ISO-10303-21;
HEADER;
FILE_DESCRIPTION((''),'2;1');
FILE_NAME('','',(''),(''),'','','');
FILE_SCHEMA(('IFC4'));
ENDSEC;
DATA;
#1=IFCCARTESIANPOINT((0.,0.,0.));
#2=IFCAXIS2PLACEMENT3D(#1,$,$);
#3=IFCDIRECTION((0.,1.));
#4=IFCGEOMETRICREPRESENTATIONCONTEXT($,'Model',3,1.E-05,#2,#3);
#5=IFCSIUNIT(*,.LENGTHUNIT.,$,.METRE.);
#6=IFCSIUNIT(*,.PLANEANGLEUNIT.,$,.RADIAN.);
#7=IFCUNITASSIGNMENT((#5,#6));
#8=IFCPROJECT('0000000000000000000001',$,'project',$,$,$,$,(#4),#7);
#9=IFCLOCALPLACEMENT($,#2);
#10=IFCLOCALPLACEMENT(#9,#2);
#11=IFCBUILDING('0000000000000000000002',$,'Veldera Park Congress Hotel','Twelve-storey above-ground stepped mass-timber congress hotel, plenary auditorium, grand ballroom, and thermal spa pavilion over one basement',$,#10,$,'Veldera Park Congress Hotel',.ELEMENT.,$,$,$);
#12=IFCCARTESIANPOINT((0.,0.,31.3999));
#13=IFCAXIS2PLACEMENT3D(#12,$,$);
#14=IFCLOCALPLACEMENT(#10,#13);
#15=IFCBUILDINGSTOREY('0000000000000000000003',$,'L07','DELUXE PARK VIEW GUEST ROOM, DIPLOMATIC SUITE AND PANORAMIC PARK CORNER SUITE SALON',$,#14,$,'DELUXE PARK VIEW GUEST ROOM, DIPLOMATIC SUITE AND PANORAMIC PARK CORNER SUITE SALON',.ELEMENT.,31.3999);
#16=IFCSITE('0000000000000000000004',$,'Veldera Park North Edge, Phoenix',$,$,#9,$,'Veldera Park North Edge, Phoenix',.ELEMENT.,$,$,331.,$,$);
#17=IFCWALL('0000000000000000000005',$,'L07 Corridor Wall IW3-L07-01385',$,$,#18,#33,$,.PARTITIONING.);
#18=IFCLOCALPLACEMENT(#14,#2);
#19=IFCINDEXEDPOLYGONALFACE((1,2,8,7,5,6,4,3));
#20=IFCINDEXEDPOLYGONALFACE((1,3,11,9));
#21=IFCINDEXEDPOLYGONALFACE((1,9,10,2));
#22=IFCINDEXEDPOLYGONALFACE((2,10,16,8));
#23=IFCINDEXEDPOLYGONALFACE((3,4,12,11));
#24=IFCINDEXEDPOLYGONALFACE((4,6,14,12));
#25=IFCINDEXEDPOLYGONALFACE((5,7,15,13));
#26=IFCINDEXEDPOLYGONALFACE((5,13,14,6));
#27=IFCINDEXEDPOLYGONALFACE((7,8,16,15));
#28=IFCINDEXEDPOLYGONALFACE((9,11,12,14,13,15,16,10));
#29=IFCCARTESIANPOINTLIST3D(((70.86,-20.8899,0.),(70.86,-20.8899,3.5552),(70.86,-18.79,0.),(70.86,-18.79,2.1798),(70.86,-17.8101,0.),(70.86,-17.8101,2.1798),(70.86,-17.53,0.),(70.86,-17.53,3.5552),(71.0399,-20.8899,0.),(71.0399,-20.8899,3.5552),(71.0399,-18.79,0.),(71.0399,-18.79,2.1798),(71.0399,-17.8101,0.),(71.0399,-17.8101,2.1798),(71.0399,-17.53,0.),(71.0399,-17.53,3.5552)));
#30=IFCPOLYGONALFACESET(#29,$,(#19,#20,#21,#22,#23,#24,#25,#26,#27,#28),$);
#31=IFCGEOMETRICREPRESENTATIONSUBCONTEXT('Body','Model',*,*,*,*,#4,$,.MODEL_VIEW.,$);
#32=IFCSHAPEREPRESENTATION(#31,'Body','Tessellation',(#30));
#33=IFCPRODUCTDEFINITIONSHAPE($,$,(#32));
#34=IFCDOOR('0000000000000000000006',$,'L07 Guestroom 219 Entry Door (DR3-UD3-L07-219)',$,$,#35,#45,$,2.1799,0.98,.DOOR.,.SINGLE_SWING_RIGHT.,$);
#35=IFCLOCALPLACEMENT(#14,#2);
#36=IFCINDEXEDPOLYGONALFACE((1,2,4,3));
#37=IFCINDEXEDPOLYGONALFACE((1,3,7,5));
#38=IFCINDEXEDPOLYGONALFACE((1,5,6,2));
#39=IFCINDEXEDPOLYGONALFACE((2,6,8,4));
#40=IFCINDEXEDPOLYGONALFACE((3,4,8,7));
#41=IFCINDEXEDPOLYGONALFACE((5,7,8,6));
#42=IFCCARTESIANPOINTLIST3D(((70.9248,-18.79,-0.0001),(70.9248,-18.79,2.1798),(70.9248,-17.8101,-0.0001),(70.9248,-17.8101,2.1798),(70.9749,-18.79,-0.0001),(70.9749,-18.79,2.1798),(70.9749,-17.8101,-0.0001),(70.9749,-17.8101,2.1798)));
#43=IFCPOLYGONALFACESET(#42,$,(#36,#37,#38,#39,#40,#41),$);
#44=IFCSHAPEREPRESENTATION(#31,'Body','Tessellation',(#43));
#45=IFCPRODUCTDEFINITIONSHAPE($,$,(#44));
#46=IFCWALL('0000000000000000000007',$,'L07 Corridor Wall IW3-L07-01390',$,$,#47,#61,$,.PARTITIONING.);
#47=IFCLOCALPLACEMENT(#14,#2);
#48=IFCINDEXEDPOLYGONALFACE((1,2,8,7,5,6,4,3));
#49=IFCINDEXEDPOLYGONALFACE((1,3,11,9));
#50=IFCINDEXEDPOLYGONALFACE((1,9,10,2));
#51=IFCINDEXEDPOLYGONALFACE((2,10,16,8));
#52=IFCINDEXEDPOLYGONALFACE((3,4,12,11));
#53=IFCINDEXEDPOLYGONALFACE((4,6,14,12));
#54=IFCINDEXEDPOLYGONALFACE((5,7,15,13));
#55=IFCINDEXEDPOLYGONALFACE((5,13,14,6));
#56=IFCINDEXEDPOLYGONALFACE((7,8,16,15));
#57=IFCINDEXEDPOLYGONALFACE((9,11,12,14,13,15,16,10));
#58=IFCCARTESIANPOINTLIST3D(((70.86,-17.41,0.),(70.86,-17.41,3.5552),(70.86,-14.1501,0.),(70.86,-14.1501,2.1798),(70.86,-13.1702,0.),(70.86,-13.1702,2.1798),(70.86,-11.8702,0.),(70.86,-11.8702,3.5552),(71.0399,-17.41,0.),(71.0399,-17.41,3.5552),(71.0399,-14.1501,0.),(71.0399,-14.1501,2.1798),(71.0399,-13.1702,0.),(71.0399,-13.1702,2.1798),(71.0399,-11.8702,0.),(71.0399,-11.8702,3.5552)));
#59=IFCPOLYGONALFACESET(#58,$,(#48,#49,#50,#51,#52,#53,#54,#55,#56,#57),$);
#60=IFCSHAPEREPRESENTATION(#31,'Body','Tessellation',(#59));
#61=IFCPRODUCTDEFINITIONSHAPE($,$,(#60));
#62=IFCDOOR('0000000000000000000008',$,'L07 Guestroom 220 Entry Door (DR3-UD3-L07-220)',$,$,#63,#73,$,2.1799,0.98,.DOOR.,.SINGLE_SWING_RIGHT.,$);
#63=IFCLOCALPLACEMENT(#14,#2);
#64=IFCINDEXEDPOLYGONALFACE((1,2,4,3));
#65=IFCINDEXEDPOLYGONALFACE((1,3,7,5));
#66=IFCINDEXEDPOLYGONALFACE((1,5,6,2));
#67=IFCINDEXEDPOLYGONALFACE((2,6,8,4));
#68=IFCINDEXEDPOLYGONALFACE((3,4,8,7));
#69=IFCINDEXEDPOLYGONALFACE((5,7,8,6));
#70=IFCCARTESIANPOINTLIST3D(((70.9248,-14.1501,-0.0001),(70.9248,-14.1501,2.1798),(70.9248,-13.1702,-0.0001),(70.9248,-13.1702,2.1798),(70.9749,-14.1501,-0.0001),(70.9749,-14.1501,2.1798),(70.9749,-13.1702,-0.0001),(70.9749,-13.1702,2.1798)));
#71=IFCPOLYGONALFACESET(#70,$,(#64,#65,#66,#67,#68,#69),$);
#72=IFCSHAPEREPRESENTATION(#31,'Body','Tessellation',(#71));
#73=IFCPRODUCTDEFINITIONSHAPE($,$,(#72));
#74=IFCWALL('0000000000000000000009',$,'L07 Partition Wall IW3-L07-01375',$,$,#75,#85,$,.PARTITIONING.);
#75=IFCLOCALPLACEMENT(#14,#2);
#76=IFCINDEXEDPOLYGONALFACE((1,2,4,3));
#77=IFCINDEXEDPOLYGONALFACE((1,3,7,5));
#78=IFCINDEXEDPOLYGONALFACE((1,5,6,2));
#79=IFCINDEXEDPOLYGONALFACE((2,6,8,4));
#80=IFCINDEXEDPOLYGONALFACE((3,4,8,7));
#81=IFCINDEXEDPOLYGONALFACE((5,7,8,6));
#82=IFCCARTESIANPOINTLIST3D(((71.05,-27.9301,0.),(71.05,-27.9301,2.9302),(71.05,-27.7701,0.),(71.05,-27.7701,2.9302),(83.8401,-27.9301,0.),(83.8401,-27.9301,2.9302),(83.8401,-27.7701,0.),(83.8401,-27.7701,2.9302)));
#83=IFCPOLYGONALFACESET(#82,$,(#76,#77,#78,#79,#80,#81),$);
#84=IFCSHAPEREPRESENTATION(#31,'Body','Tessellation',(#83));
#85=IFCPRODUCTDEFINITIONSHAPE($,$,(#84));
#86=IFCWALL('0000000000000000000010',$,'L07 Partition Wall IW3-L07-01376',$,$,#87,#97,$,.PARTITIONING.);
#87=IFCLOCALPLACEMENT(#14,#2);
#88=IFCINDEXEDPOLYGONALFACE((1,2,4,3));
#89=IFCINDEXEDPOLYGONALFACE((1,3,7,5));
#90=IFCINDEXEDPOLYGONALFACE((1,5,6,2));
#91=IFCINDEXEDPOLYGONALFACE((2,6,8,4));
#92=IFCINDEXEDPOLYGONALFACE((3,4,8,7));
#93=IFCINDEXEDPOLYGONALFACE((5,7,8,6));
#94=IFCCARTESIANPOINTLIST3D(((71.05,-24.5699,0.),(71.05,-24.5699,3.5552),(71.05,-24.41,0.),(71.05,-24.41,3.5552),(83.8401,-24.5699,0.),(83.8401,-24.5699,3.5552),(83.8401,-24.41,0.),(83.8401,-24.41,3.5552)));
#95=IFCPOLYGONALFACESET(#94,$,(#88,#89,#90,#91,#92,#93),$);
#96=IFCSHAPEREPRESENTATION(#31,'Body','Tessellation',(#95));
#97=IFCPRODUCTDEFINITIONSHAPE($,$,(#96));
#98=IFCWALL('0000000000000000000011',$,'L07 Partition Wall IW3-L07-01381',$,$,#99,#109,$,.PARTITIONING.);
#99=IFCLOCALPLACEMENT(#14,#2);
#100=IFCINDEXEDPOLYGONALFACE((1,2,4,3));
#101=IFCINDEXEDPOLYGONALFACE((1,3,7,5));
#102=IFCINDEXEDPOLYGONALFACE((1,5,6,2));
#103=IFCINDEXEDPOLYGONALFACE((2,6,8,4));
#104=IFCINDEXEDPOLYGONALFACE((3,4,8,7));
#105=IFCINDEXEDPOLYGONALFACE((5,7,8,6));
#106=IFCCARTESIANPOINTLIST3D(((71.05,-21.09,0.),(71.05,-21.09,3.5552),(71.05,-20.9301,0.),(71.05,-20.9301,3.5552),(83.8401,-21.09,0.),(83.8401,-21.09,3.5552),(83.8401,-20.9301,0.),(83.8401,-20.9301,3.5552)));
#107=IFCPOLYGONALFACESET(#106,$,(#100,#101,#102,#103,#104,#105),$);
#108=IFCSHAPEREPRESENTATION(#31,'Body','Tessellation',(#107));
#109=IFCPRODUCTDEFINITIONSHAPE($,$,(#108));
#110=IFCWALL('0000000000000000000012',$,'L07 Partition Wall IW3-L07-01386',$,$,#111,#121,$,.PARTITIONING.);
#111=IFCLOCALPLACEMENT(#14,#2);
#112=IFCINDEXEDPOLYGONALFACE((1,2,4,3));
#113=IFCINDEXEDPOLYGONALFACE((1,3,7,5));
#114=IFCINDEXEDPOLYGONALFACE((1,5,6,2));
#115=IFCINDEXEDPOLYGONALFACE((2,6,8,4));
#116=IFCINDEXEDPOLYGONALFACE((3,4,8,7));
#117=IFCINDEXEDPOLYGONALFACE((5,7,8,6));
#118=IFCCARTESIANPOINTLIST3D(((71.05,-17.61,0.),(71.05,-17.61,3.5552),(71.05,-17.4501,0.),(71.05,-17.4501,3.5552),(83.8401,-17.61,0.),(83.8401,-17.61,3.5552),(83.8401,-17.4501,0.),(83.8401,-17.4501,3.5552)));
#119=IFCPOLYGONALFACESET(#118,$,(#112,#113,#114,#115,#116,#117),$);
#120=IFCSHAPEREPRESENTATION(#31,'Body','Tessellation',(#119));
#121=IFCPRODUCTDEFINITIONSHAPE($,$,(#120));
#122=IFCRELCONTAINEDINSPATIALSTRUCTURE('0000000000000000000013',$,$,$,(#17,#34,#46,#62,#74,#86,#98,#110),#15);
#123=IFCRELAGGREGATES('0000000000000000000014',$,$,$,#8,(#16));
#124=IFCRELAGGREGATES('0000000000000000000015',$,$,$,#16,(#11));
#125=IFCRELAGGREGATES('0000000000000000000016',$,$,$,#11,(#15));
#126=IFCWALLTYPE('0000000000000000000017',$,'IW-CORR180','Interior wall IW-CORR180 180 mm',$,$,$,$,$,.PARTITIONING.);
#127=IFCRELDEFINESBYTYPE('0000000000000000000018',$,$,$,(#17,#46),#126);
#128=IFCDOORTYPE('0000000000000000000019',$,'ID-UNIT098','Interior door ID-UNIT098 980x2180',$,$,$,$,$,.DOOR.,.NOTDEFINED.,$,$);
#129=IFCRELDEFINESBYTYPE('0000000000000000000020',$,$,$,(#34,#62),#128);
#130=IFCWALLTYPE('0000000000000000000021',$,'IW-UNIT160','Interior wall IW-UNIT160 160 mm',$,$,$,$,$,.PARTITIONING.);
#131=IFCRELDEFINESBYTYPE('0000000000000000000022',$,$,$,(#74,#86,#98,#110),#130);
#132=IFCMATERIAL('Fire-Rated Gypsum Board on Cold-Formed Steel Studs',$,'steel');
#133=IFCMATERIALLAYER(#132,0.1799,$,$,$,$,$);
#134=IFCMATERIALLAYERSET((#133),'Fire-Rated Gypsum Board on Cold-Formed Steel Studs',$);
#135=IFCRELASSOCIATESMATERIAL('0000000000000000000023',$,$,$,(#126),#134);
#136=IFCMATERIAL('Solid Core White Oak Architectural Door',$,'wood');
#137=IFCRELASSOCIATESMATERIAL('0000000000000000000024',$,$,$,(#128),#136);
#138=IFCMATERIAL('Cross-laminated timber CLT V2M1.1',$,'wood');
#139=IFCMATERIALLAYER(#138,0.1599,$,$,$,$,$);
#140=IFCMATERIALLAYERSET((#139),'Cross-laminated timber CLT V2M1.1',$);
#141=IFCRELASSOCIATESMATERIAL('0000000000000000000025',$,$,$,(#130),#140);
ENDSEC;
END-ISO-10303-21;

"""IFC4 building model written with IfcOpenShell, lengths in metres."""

from ifc_helpers import new_model, si_unit, direction, frame, frame_2d, origin, place, context, subcontext, project, spatial, rectangle, extrude, material, layer, layer_set, type_object, element, fill, save


model = new_model("IFC4")

# Units and contexts
model_context = context("Model", 3, precision=1e-05, world=origin(), true_north=direction((0.0, 1.0)))
body_context = subcontext(model_context, "Body", "Model", "MODEL_VIEW")
ifc_project = project(units=[si_unit("LENGTHUNIT", "METRE"), si_unit("PLANEANGLEUNIT", "RADIAN")], contexts=[model_context])

# Site, building, storey
site_placement = place(None, origin())
site = spatial("IfcSite", under=ifc_project, at=site_placement, Name="Veldera Park North Edge, Phoenix", LongName="Veldera Park North Edge, Phoenix", CompositionType="ELEMENT", RefElevation=331.0)
building_placement = place(site_placement, origin())
building = spatial("IfcBuilding", under=site, at=building_placement, Name="Veldera Park Congress Hotel", Description="Twelve-storey above-ground stepped mass-timber congress hotel, plenary auditorium, grand ballroom, and thermal spa pavilion over one basement", LongName="Veldera Park Congress Hotel", CompositionType="ELEMENT")
storey_placement = place(building_placement, frame((0.0, 0.0, 31.3999)))
storey = spatial("IfcBuildingStorey", under=building, at=storey_placement, Name="L07", Description="DELUXE PARK VIEW GUEST ROOM, DIPLOMATIC SUITE AND PANORAMIC PARK CORNER SUITE SALON", LongName="DELUXE PARK VIEW GUEST ROOM, DIPLOMATIC SUITE AND PANORAMIC PARK CORNER SUITE SALON", CompositionType="ELEMENT", Elevation=31.3999)

# Shared definitions
ifc_material_1 = material(Name="Fire-Rated Gypsum Board on Cold-Formed Steel Studs", Category="steel")
ifc_layer_1 = layer(ifc_material_1, 0.1799)
ifc_layer_set_1 = layer_set([ifc_layer_1], Name="Fire-Rated Gypsum Board on Cold-Formed Steel Studs")
wall_type_1 = type_object("IfcWallType", Name="IW-CORR180", Description="Interior wall IW-CORR180 180 mm", PredefinedType="PARTITIONING", material=ifc_layer_set_1)
ifc_material_2 = material(Name="Solid Core White Oak Architectural Door", Category="wood")

# Walls, openings, doors
door_type_1 = type_object("IfcDoorType", Name="ID-UNIT098", Description="Interior door ID-UNIT098 980x2180", OperationType="NOTDEFINED", PredefinedType="DOOR", material=ifc_material_2)
wall_1_placement = place(storey_placement, frame((70.95, -17.53, 0.0), z_axis=(0.0, 0.0, 1.0), x_axis=(0.0, -1.0, 0.0)))
wall_1 = element("IfcWall", 1, at=wall_1_placement, inside=storey, type_object=wall_type_1, Name="L07 Corridor Wall IW3-L07-01385", PredefinedType="PARTITIONING", context=body_context, shape_type="SweptSolid", body=[
    extrude(rectangle(XDim=3.3599, YDim=0.1799, at=frame_2d((1.6799, 0.0))), origin(), (0.0, 0.0, 1.0), 3.5552),
])
opening_1_placement = place(wall_1_placement, frame((0.28, 0.0, 0.0)))
opening_1 = element("IfcOpeningElement", 2, at=opening_1_placement, cuts=wall_1, PredefinedType="OPENING", context=body_context, shape_type="SweptSolid", body=[
    extrude(rectangle(XDim=0.98, YDim=2.1799, at=frame_2d((0.49, 1.0898))), frame((0.0, 0.1021, 0.0), z_axis=(0.0, -1.0, 0.0), x_axis=(1.0, 0.0, 0.0)), (0.0, 0.0, 1.0), 0.2039),
])
door_1_placement = place(opening_1_placement, origin())
door_1 = element("IfcDoor", 3, at=door_1_placement, inside=storey, type_object=door_type_1, Name="L07 Guestroom 219 Entry Door (DR3-UD3-L07-219)", OperationType="SINGLE_SWING_RIGHT", OverallHeight=2.1799, OverallWidth=0.98, PredefinedType="DOOR", context=body_context, shape_type="SweptSolid", body=[
    extrude(rectangle(XDim=0.98, YDim=2.1799, at=frame_2d((0.49, 1.0898))), frame((0.0, 0.0249, 0.0), z_axis=(0.0, -1.0, 0.0), x_axis=(1.0, 0.0, 0.0)), (0.0, 0.0, 1.0), 0.05),
])
fill(opening_1, door_1)
wall_2_placement = place(storey_placement, frame((70.95, -11.8701, 0.0), z_axis=(0.0, 0.0, 1.0), x_axis=(0.0, -1.0, 0.0)))
wall_2 = element("IfcWall", 4, at=wall_2_placement, inside=storey, type_object=wall_type_1, Name="L07 Corridor Wall IW3-L07-01390", PredefinedType="PARTITIONING", context=body_context, shape_type="SweptSolid", body=[
    extrude(rectangle(XDim=5.5398, YDim=0.1799, at=frame_2d((2.77, 0.0))), origin(), (0.0, 0.0, 1.0), 3.5552),
])
opening_2_placement = place(wall_2_placement, frame((1.3, 0.0, 0.0)))
opening_2 = element("IfcOpeningElement", 5, at=opening_2_placement, cuts=wall_2, PredefinedType="OPENING", context=body_context, shape_type="SweptSolid", body=[
    extrude(rectangle(XDim=0.98, YDim=2.1799, at=frame_2d((0.49, 1.0898))), frame((0.0, 0.1021, 0.0), z_axis=(0.0, -1.0, 0.0), x_axis=(1.0, 0.0, 0.0)), (0.0, 0.0, 1.0), 0.2039),
])
door_2_placement = place(opening_2_placement, origin())
door_2 = element("IfcDoor", 6, at=door_2_placement, inside=storey, type_object=door_type_1, Name="L07 Guestroom 220 Entry Door (DR3-UD3-L07-220)", OperationType="SINGLE_SWING_RIGHT", OverallHeight=2.1799, OverallWidth=0.98, PredefinedType="DOOR", context=body_context, shape_type="SweptSolid", body=[
    extrude(rectangle(XDim=0.98, YDim=2.1799, at=frame_2d((0.49, 1.0898))), frame((0.0, 0.0249, 0.0), z_axis=(0.0, -1.0, 0.0), x_axis=(1.0, 0.0, 0.0)), (0.0, 0.0, 1.0), 0.05),
])
fill(opening_2, door_2)

# Walls
ifc_material_3 = material(Name="Cross-laminated timber CLT V2M1.1", Category="wood")
ifc_layer_2 = layer(ifc_material_3, 0.1599)
ifc_layer_set_2 = layer_set([ifc_layer_2], Name="Cross-laminated timber CLT V2M1.1")
wall_type_2 = type_object("IfcWallType", Name="IW-UNIT160", Description="Interior wall IW-UNIT160 160 mm", PredefinedType="PARTITIONING", material=ifc_layer_set_2)
wall_3_placement = place(storey_placement, frame((71.05, -27.8501, 0.0), z_axis=(0.0, 0.0, 1.0), x_axis=(1.0, 0.0, 0.0)))
element("IfcWall", 7, at=wall_3_placement, inside=storey, type_object=wall_type_2, Name="L07 Partition Wall IW3-L07-01375", PredefinedType="PARTITIONING", context=body_context, shape_type="SweptSolid", body=[
    extrude(rectangle(XDim=12.79, YDim=0.1599, at=frame_2d((6.395, 0.0))), origin(), (0.0, 0.0, 1.0), 2.9302),
])
for number, where, z_axis, x_axis, name in (
    (8, (71.05, -24.49, 0.0), (0.0, 0.0, 1.0), (1.0, 0.0, 0.0), "L07 Partition Wall IW3-L07-01376"),
    (9, (71.05, -21.01, 0.0), (0.0, 0.0, 1.0), (1.0, 0.0, 0.0), "L07 Partition Wall IW3-L07-01381"),
    (10, (71.05, -17.53, 0.0), (0.0, 0.0, 1.0), (1.0, 0.0, 0.0), "L07 Partition Wall IW3-L07-01386"),
):
    element("IfcWall", number, at=place(storey_placement, frame(where, z_axis=z_axis, x_axis=x_axis)), inside=storey, type_object=wall_type_2, Name=name, PredefinedType="PARTITIONING", context=body_context, shape_type="SweptSolid", body=[
        extrude(rectangle(XDim=12.79, YDim=0.1599, at=frame_2d((6.395, 0.0))), origin(), (0.0, 0.0, 1.0), 3.5552),
    ])

save(model, "model.ifc")
